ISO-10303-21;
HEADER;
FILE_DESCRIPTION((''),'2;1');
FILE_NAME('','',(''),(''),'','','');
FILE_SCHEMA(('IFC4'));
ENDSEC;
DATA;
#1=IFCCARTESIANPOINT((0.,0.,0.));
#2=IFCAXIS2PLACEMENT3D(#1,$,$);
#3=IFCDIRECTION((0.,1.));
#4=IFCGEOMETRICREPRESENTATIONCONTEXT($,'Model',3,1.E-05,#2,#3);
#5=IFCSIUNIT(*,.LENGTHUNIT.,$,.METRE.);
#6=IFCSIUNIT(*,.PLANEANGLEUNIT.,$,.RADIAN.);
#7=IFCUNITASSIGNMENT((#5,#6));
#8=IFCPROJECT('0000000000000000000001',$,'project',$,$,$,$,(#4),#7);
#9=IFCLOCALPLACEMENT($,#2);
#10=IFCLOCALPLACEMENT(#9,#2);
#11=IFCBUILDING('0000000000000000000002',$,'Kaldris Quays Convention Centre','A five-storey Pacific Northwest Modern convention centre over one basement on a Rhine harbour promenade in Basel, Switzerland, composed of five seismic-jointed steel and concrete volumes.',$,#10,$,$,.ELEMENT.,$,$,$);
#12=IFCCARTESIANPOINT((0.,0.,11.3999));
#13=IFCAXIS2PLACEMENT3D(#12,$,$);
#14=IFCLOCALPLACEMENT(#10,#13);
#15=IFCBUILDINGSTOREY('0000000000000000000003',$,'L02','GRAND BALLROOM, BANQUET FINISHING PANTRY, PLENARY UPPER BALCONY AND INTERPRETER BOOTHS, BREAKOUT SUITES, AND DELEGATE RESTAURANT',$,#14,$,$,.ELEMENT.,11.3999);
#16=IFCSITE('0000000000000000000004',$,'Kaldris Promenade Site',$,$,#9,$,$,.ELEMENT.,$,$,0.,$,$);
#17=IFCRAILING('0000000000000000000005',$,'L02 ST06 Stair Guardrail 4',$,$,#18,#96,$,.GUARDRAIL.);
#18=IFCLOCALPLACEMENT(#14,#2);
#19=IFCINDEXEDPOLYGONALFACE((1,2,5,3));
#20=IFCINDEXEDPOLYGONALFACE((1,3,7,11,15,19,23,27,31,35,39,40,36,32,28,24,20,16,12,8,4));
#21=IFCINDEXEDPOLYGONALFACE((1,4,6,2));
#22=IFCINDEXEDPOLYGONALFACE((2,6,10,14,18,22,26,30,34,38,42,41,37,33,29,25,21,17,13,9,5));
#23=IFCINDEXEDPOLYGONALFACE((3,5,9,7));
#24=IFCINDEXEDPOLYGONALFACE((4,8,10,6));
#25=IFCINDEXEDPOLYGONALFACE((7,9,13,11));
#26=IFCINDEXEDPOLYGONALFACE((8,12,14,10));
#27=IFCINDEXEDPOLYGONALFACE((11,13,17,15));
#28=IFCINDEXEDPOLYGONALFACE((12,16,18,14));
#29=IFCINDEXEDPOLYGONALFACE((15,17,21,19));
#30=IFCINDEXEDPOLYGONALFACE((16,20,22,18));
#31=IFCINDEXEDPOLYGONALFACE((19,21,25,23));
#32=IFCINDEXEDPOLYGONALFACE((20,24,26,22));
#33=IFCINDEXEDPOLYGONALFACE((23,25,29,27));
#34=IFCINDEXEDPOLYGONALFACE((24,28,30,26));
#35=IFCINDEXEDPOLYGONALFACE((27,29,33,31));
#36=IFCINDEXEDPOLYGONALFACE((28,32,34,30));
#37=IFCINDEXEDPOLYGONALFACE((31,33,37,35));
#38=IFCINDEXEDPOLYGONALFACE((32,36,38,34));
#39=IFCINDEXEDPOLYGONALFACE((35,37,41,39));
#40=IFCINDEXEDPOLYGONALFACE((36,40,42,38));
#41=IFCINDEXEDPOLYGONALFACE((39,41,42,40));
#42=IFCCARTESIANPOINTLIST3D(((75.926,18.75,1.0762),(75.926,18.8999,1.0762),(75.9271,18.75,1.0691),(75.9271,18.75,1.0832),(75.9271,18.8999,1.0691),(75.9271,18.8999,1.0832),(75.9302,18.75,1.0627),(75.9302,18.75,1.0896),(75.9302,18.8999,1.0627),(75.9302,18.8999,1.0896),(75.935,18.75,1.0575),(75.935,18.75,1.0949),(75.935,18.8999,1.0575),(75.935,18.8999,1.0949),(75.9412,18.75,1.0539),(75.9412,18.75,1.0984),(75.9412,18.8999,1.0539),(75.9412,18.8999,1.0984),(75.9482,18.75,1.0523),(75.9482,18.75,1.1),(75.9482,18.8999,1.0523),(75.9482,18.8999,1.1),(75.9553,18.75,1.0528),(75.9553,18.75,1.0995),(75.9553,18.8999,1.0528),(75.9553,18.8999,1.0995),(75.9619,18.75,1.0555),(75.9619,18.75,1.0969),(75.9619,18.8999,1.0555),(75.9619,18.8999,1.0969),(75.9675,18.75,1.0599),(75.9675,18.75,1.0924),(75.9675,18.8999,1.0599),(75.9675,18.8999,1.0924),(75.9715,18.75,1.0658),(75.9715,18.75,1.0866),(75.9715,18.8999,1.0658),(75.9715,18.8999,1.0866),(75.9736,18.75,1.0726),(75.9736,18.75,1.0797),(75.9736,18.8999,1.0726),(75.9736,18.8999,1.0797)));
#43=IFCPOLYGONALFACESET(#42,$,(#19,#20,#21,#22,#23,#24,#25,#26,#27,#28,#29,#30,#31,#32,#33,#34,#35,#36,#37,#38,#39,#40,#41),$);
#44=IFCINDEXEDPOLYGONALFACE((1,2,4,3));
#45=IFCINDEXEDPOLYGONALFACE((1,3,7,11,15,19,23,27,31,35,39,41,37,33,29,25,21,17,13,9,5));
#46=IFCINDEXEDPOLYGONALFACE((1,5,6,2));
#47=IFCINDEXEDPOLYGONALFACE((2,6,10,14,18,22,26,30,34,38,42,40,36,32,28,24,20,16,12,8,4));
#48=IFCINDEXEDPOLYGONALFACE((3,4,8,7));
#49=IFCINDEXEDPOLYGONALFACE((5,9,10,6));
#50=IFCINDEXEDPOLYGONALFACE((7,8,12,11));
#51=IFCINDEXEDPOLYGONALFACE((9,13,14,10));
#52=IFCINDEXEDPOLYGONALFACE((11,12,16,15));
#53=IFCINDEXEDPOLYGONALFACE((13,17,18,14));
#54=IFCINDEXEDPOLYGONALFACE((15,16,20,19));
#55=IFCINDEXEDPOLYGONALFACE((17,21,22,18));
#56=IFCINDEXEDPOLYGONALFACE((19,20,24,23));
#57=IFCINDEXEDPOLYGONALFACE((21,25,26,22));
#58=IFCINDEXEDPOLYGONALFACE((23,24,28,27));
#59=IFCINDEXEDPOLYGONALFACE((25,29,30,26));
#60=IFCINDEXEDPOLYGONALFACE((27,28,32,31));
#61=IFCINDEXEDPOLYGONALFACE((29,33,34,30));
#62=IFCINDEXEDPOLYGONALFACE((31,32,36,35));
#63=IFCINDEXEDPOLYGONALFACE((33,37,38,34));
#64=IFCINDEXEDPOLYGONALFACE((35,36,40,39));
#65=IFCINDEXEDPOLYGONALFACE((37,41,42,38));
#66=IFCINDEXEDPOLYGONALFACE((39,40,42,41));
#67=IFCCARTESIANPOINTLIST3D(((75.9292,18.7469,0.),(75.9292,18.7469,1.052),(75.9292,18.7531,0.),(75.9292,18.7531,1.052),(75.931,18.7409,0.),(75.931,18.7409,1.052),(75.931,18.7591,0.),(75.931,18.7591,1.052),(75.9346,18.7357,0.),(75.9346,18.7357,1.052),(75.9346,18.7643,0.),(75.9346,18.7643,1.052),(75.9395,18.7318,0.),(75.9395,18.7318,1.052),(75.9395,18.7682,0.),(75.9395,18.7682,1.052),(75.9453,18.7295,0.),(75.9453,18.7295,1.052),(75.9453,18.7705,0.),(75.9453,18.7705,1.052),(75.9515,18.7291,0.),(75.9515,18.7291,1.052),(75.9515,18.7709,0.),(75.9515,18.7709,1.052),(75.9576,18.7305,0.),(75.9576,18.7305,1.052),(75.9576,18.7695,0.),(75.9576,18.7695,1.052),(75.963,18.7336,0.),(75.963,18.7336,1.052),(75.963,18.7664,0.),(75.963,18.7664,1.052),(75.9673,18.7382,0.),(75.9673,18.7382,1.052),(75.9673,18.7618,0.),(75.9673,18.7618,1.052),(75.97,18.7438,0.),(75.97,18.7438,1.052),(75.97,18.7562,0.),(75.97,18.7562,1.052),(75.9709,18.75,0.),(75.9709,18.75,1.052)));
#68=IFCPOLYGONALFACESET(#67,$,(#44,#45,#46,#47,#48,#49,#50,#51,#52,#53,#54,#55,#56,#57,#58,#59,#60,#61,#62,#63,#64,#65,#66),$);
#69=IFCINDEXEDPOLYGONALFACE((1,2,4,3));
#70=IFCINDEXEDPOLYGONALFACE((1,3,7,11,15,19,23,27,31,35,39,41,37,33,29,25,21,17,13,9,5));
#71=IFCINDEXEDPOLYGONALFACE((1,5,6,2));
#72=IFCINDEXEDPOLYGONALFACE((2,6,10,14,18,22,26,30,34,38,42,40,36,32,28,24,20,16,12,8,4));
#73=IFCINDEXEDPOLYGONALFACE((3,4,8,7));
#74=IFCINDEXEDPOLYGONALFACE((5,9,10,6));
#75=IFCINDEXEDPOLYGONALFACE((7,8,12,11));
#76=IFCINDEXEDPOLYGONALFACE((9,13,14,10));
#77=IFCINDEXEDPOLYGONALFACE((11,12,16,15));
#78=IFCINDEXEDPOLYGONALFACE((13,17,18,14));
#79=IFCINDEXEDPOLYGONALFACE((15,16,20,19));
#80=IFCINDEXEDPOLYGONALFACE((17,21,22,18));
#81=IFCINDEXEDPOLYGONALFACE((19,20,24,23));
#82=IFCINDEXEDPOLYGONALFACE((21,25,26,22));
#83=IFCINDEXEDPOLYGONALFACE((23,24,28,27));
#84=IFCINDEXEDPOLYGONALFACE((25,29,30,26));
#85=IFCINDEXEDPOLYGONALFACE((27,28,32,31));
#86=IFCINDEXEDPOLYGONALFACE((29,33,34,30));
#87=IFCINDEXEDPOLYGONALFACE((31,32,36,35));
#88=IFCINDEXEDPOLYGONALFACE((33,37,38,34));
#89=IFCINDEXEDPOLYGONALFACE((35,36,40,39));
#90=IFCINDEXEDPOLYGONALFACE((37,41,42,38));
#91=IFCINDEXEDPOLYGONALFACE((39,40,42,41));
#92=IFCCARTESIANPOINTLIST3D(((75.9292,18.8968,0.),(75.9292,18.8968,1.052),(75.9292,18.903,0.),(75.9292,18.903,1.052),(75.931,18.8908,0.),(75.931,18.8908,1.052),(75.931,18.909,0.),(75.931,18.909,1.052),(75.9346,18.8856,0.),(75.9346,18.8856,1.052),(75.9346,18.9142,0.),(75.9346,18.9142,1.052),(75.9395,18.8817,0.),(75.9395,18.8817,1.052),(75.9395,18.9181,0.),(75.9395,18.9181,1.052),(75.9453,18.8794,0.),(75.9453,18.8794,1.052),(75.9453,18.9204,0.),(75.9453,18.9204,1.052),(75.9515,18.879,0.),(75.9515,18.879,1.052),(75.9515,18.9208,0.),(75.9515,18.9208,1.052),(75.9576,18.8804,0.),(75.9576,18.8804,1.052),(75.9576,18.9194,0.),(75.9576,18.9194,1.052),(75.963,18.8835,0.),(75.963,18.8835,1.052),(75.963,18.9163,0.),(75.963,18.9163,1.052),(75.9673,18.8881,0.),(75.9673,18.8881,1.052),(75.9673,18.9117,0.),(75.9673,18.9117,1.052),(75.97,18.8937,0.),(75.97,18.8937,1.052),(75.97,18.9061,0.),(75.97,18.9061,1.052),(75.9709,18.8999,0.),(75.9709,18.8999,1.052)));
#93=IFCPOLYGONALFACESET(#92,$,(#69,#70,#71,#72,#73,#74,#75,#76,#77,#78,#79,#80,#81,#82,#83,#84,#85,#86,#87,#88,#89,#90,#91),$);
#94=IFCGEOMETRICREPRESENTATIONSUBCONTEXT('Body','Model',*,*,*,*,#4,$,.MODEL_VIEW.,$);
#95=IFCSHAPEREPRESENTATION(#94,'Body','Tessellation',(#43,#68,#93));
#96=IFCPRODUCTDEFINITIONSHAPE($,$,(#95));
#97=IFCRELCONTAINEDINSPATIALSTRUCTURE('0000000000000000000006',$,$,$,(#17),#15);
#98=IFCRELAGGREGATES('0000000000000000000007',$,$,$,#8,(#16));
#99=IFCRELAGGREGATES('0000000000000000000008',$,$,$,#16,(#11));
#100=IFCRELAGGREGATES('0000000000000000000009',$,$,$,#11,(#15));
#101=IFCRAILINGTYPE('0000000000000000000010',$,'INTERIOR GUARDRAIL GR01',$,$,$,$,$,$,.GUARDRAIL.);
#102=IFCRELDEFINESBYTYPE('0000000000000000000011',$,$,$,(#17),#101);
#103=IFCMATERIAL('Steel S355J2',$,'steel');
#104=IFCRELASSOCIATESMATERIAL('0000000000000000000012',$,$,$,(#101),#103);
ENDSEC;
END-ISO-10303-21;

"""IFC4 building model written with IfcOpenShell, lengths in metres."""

from ifc_helpers import new_model, si_unit, direction, frame, origin, origin_2d, place, context, subcontext, project, spatial, circle, extrude, material, type_object, element, save


model = new_model("IFC4")

# Units and contexts
model_context = context("Model", 3, precision=1e-05, world=origin(), true_north=direction((0.0, 1.0)))
body_context = subcontext(model_context, "Body", "Model", "MODEL_VIEW")
ifc_project = project(units=[si_unit("LENGTHUNIT", "METRE"), si_unit("PLANEANGLEUNIT", "RADIAN")], contexts=[model_context])

# Site, building, storey
site_placement = place(None, origin())
site = spatial("IfcSite", under=ifc_project, at=site_placement, Name="Kaldris Promenade Site", CompositionType="ELEMENT", RefElevation=0.0)
building_placement = place(site_placement, origin())
building = spatial("IfcBuilding", under=site, at=building_placement, Name="Kaldris Quays Convention Centre", Description="A five-storey Pacific Northwest Modern convention centre over one basement on a Rhine harbour promenade in Basel, Switzerland, composed of five seismic-jointed steel and concrete volumes.", CompositionType="ELEMENT")
storey_placement = place(building_placement, frame((0.0, 0.0, 11.3999)))
storey = spatial("IfcBuildingStorey", under=building, at=storey_placement, Name="L02", Description="GRAND BALLROOM, BANQUET FINISHING PANTRY, PLENARY UPPER BALCONY AND INTERPRETER BOOTHS, BREAKOUT SUITES, AND DELEGATE RESTAURANT", CompositionType="ELEMENT", Elevation=11.3999)

# Shared definitions
ifc_material_1 = material(Name="Steel S355J2", Category="steel")

# Railing
railing_type_1 = type_object("IfcRailingType", Name="INTERIOR GUARDRAIL GR01", PredefinedType="GUARDRAIL", material=ifc_material_1)
railing_1_placement = place(storey_placement, frame((75.95, 18.75, 0.0)))
element("IfcRailing", 1, at=railing_1_placement, inside=storey, type_object=railing_type_1, Name="L02 ST06 Stair Guardrail 4", PredefinedType="GUARDRAIL", context=body_context, shape_type="SweptSolid", body=[
    extrude(circle(Radius=0.0239, at=origin_2d()), frame((0.0, 0.0, 1.0762), z_axis=(0.0, 1.0, 0.0), x_axis=(-1.0, 0.0, 0.0)), (0.0, 0.0, 1.0), 0.1499),
    extrude(circle(Radius=0.021, at=origin_2d()), origin(), (0.0, 0.0, 1.0), 1.052),
    extrude(circle(Radius=0.021, at=origin_2d()), frame((0.0, 0.1499, 0.0)), (0.0, 0.0, 1.0), 1.052),
])

save(model, "model.ifc")
